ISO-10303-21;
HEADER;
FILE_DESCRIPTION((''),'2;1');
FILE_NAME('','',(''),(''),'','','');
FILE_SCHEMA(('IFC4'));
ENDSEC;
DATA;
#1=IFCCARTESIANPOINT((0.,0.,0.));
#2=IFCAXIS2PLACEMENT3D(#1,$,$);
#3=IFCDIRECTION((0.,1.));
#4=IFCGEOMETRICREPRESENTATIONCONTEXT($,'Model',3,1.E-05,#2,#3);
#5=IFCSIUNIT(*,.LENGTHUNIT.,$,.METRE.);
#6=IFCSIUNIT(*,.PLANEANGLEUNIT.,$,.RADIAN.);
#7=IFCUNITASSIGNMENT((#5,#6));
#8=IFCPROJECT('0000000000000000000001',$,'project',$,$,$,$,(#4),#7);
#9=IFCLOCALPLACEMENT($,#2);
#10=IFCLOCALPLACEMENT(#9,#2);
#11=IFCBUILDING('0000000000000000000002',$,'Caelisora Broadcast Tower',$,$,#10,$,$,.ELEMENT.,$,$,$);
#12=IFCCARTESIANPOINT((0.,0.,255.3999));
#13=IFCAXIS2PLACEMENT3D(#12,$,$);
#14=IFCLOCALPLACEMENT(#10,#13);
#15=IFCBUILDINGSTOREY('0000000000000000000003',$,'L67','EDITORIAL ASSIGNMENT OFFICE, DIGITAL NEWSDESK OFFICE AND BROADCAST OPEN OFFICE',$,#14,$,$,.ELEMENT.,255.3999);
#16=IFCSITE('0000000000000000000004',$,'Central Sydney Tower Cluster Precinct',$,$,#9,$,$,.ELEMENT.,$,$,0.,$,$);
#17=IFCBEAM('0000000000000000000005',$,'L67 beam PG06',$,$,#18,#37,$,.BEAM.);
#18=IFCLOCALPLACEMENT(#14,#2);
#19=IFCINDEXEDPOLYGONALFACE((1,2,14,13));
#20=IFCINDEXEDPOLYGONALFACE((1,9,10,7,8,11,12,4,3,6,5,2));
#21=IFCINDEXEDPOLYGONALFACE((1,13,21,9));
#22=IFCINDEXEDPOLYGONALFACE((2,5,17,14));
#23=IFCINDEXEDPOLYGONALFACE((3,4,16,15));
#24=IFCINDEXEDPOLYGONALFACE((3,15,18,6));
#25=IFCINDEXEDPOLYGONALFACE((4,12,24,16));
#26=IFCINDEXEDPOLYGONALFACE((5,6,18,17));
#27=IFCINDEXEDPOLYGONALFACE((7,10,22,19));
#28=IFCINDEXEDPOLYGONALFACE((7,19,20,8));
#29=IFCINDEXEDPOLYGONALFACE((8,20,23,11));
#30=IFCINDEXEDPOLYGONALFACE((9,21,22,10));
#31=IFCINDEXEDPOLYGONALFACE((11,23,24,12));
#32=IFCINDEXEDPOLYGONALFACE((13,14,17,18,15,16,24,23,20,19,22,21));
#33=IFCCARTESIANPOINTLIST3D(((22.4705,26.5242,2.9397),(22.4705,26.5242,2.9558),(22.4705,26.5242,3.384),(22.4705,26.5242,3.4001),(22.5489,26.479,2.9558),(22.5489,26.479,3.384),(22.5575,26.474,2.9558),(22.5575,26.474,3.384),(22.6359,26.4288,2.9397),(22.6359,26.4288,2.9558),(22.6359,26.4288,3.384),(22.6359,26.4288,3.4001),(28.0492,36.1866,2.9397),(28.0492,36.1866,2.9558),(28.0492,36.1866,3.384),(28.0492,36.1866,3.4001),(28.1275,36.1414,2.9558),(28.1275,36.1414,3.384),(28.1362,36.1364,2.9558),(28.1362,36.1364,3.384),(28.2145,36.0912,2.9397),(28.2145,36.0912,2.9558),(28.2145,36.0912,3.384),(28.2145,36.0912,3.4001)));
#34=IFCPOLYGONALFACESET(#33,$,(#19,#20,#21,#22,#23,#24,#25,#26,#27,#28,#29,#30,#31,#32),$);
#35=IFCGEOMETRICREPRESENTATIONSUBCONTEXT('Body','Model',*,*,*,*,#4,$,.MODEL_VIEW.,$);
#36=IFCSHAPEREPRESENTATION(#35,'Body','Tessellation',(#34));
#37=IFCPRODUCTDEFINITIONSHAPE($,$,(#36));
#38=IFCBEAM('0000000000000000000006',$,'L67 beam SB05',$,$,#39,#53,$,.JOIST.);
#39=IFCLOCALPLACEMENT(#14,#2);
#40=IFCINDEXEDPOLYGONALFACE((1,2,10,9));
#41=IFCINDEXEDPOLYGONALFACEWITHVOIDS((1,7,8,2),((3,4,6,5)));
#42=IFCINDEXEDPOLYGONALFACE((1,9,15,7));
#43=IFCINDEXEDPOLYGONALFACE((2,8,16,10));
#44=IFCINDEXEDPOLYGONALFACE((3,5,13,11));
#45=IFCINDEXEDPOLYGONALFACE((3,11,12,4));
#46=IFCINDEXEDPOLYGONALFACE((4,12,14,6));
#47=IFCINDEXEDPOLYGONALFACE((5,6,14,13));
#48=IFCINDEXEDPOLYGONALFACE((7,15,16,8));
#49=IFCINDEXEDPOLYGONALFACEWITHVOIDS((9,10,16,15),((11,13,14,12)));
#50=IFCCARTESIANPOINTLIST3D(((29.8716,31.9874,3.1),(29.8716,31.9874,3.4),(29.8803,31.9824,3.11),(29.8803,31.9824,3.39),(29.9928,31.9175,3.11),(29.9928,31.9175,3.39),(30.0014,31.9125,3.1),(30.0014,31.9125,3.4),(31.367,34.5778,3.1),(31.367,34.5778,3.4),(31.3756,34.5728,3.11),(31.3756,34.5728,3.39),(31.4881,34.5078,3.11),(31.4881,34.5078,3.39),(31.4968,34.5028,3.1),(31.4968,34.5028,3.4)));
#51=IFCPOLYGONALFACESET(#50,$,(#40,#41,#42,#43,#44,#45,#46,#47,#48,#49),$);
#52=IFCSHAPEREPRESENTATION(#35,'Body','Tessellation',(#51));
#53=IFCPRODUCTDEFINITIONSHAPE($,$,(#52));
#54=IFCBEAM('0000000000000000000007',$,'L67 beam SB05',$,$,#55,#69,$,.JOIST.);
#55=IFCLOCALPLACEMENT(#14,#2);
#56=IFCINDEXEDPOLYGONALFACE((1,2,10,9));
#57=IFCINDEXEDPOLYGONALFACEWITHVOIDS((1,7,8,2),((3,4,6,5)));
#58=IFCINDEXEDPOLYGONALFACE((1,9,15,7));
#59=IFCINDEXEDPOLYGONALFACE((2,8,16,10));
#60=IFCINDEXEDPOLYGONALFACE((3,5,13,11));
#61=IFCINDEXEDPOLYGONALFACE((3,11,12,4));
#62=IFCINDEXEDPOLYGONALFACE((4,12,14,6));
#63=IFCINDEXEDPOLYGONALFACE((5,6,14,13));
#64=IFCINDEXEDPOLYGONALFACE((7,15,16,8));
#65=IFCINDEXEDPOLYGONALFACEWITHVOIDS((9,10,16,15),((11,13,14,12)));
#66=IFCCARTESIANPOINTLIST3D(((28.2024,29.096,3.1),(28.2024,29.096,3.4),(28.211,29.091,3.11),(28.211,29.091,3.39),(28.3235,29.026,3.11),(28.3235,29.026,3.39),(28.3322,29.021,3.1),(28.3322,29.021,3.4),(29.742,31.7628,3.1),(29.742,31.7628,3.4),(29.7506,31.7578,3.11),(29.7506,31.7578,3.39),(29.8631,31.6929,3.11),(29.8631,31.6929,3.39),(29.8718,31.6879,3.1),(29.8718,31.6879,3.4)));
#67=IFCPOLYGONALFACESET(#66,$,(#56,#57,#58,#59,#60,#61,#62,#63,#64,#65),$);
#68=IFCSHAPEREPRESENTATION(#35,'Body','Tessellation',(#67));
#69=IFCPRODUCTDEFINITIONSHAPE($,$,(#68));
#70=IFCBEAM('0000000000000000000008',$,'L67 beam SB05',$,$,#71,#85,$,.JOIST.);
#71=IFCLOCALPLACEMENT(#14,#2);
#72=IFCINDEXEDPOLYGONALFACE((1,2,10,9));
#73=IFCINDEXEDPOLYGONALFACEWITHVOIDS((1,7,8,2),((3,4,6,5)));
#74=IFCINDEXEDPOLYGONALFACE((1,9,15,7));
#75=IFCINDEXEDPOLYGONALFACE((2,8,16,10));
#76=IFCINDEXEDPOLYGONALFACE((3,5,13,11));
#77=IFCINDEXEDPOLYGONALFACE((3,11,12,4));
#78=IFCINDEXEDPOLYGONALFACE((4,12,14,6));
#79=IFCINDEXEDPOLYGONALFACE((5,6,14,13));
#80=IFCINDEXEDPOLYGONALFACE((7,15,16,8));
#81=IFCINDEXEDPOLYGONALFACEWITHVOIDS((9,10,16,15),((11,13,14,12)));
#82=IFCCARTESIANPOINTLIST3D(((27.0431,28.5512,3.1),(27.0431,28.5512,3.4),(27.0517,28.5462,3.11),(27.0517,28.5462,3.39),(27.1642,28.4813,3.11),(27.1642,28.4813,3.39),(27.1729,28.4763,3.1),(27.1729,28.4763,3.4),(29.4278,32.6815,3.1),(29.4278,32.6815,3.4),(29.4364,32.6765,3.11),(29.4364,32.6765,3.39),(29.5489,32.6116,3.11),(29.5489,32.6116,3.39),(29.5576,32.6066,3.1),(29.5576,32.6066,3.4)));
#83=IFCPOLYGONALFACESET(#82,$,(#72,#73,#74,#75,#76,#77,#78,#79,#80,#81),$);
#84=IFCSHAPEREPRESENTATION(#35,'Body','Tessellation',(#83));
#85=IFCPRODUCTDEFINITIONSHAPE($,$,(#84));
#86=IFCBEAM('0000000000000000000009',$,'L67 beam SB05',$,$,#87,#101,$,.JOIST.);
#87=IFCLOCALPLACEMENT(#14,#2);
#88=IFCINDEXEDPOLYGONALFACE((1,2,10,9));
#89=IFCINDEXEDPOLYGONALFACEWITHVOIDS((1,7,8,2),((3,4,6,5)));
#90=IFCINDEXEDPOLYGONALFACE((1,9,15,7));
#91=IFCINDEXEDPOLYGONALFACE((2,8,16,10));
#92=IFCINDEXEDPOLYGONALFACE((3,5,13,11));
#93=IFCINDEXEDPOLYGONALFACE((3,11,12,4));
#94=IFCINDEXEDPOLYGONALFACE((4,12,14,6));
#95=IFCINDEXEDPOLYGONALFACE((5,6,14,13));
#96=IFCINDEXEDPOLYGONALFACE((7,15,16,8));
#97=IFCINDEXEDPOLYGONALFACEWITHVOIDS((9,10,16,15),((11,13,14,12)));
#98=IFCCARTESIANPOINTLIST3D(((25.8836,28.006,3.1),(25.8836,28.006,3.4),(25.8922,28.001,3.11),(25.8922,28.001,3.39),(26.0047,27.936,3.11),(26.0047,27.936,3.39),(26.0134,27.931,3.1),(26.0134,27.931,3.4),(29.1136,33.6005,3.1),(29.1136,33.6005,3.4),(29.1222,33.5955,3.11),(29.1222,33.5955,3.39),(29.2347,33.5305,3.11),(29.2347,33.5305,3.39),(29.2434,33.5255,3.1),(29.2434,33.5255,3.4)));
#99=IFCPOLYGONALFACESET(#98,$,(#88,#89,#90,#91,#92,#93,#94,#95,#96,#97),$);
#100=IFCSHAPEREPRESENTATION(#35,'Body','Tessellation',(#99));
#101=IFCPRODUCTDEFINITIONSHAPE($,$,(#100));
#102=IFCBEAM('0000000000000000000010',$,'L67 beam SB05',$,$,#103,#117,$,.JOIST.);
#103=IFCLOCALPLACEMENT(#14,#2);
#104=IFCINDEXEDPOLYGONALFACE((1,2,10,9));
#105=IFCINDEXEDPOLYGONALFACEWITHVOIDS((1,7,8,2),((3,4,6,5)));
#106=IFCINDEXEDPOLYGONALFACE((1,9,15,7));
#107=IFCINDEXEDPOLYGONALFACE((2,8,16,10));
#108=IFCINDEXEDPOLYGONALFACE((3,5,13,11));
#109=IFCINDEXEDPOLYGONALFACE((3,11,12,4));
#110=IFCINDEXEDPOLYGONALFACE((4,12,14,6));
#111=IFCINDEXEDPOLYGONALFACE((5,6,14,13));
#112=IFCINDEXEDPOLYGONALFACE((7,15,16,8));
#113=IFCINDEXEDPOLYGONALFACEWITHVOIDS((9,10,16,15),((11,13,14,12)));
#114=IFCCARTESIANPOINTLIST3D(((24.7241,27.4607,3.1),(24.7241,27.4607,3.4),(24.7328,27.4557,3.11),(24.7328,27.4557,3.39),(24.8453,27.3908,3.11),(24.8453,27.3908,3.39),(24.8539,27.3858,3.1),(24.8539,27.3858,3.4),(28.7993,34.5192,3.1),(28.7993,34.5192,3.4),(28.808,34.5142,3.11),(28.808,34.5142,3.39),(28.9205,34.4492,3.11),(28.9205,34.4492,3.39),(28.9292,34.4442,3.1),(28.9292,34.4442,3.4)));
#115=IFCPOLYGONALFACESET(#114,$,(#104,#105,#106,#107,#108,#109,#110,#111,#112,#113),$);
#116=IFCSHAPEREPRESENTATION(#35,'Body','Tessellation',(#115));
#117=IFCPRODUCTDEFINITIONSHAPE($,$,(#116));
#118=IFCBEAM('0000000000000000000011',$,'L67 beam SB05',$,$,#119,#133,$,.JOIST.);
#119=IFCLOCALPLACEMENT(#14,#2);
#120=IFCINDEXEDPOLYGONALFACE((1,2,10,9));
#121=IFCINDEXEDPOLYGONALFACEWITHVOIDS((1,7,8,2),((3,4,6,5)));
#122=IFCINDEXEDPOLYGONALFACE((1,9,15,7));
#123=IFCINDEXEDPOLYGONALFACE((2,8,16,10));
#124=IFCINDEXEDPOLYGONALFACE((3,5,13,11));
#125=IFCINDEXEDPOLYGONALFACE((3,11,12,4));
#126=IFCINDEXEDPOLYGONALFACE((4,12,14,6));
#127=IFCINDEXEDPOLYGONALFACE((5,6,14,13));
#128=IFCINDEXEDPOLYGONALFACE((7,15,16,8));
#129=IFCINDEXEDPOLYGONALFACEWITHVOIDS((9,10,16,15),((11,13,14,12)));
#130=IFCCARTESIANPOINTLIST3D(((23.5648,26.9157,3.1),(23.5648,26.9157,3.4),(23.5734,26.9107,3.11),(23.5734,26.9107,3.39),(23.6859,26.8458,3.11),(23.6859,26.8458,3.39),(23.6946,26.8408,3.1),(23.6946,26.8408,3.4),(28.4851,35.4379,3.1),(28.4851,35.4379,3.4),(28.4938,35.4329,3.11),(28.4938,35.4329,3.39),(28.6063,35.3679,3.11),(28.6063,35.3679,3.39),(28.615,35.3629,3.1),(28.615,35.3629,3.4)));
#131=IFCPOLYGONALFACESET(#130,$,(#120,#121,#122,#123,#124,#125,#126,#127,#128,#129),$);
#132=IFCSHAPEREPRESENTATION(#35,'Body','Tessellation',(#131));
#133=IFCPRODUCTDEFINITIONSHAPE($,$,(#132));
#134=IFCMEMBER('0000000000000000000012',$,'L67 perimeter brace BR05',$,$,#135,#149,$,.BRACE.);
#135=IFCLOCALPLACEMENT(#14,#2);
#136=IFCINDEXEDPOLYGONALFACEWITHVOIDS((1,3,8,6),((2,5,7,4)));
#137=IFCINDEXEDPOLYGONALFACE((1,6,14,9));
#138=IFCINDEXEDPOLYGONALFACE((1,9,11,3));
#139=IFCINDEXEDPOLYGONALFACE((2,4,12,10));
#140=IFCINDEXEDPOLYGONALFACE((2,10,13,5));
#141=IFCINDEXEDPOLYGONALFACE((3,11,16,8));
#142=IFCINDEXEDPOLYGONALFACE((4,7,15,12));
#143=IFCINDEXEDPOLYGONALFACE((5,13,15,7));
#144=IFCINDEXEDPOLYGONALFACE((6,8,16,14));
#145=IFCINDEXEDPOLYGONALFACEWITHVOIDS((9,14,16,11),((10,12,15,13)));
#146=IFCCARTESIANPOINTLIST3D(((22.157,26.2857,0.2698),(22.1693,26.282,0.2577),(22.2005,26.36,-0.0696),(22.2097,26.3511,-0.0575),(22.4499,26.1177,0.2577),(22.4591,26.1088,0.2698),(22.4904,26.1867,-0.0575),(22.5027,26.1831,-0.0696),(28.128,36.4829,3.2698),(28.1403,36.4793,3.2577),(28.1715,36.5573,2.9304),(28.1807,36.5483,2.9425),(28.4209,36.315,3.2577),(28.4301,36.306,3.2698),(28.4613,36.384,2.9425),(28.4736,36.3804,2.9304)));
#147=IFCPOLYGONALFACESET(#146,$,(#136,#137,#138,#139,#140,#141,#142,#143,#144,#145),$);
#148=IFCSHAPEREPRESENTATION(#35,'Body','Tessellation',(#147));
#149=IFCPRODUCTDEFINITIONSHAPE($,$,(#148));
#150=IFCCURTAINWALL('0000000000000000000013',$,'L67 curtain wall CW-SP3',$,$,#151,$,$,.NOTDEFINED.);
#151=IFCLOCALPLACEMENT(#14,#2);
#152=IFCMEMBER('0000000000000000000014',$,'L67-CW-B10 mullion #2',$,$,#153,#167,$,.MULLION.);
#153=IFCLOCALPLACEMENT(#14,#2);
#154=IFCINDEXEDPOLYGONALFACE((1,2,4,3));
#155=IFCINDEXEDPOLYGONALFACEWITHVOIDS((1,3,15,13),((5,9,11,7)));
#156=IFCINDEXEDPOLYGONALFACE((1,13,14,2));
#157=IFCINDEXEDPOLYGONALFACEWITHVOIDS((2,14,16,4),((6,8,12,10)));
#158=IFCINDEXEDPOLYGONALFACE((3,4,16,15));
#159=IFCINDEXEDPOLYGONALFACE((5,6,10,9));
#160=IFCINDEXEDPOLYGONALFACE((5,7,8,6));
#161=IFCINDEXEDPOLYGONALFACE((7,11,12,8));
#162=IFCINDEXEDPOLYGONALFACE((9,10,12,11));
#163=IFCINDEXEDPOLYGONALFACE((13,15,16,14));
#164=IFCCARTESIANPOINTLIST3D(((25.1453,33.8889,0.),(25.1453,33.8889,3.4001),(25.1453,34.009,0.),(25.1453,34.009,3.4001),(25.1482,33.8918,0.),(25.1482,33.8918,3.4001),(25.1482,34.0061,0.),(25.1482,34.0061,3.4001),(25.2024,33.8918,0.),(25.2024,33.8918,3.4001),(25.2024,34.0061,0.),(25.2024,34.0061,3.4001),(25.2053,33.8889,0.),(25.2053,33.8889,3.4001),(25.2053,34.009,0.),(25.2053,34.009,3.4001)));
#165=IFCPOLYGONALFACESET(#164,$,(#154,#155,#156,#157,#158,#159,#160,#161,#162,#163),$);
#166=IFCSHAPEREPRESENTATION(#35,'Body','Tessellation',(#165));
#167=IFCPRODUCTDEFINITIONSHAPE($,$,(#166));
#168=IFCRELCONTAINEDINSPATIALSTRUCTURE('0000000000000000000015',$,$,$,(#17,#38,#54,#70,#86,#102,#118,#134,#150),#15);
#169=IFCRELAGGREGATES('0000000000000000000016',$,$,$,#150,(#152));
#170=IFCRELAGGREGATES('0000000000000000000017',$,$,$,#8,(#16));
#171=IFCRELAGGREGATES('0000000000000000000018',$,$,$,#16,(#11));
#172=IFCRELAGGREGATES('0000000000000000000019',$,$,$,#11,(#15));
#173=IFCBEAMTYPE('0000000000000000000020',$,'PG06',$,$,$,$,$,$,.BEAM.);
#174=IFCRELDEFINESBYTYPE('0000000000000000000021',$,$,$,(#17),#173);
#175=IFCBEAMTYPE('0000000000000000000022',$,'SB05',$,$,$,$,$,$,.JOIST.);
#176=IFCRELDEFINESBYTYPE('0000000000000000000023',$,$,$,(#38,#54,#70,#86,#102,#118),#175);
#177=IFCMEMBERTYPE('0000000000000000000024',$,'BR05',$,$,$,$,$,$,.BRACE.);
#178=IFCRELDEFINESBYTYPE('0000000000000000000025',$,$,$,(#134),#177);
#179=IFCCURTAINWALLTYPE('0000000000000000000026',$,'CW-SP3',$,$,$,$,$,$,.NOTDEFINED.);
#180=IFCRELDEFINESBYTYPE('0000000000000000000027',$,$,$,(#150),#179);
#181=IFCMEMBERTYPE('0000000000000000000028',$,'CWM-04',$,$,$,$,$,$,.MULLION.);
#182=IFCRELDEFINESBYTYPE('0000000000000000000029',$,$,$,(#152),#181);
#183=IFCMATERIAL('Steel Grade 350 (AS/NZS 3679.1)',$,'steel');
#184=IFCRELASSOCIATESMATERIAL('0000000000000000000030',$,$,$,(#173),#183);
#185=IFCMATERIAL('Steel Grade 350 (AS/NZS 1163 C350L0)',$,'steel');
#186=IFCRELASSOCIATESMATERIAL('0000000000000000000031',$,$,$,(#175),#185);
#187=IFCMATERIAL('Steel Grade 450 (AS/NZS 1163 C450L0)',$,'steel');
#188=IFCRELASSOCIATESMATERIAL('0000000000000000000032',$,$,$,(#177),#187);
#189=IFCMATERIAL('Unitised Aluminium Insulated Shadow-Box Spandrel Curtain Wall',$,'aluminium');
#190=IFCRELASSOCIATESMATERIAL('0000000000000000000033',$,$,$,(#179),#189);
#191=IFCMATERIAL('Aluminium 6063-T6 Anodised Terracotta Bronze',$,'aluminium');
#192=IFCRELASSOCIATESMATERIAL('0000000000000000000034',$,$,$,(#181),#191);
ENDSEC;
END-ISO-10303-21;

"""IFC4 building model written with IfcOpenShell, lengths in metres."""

from ifc_helpers import new_model, si_unit, direction, frame, origin, origin_2d, place, context, subcontext, project, spatial, hollow_rectangle, i_section, extrude, source, transform, mapped, material, material_profile, profile_set, type_object, type_shapes, element, aggregate, save


model = new_model("IFC4")

# Units and contexts
model_context = context("Model", 3, precision=1e-05, world=origin(), true_north=direction((0.0, 1.0)))
body_context = subcontext(model_context, "Body", "Model", "MODEL_VIEW")
ifc_project = project(units=[si_unit("LENGTHUNIT", "METRE"), si_unit("PLANEANGLEUNIT", "RADIAN")], contexts=[model_context])

# Site, building, storey
site_placement = place(None, origin())
site = spatial("IfcSite", under=ifc_project, at=site_placement, Name="Central Sydney Tower Cluster Precinct", CompositionType="ELEMENT", RefElevation=0.0)
building_placement = place(site_placement, origin())
building = spatial("IfcBuilding", under=site, at=building_placement, Name="Caelisora Broadcast Tower", CompositionType="ELEMENT")
storey_placement = place(building_placement, frame((0.0, 0.0, 255.3999)))
storey = spatial("IfcBuildingStorey", under=building, at=storey_placement, Name="L67", Description="EDITORIAL ASSIGNMENT OFFICE, DIGITAL NEWSDESK OFFICE AND BROADCAST OPEN OFFICE", CompositionType="ELEMENT", Elevation=255.3999)

# Beams
ifc_material_1 = material(Name="Steel Grade 350 (AS/NZS 3679.1)", Category="steel")
ifc_material_profile_1 = material_profile(ifc_material_1, i_section(OverallWidth=0.1909, OverallDepth=0.4604, WebThickness=0.01, FlangeThickness=0.0161, at=origin_2d()), Name="Steel Grade 350 (AS/NZS 3679.1)")
ifc_profile_set_1 = profile_set([ifc_material_profile_1], Name="Steel Grade 350 (AS/NZS 3679.1)")
beam_type_1 = type_object("IfcBeamType", Name="PG06", PredefinedType="BEAM", material=ifc_profile_set_1)
shared_shape_1 = source(origin(), body_context, "Body", "SweptSolid", [
    extrude(i_section(OverallWidth=0.1909, OverallDepth=0.4604, WebThickness=0.01, FlangeThickness=0.0161, at=origin_2d()), origin(), (0.0, 0.0, 1.0), 11.1572),
])
type_shapes(beam_type_1, [shared_shape_1])
beam_1_placement = place(storey_placement, frame((28.1318, 36.1389, 3.1699), z_axis=(-0.500003, -0.866023, 0.0), x_axis=(0.866023, -0.500003, 0.0)))
element("IfcBeam", 1, at=beam_1_placement, inside=storey, type_object=beam_type_1, Name="L67 beam PG06", PredefinedType="BEAM", context=body_context, shape_type="MappedRepresentation", body=[
    mapped(shared_shape_1, transform((0.0, 0.0, 0.0), scale=1.0)),
])
ifc_material_2 = material(Name="Steel Grade 350 (AS/NZS 1163 C350L0)", Category="steel")
ifc_material_profile_2 = material_profile(ifc_material_2, hollow_rectangle(XDim=0.1499, YDim=0.3, WallThickness=0.01, at=origin_2d()), Name="Steel Grade 350 (AS/NZS 1163 C350L0)")
ifc_profile_set_2 = profile_set([ifc_material_profile_2], Name="Steel Grade 350 (AS/NZS 1163 C350L0)")
beam_type_2 = type_object("IfcBeamType", Name="SB05", PredefinedType="JOIST", material=ifc_profile_set_2)
shared_shape_2 = source(origin(), body_context, "Body", "SweptSolid", [
    extrude(hollow_rectangle(XDim=0.1499, YDim=0.3, WallThickness=0.01, at=origin_2d()), origin(), (0.0, 0.0, 1.0), 2.991),
])
beam_2_placement = place(storey_placement, frame((31.4319, 34.5403, 3.25), z_axis=(-0.499958, -0.86605, 0.0), x_axis=(0.86605, -0.499958, 0.0)))
element("IfcBeam", 2, at=beam_2_placement, inside=storey, type_object=beam_type_2, Name="L67 beam SB05", PredefinedType="JOIST", context=body_context, shape_type="MappedRepresentation", body=[
    mapped(shared_shape_2, transform((0.0, 0.0, 0.0), scale=1.0)),
])
shared_shape_3 = source(origin(), body_context, "Body", "SweptSolid", [
    extrude(hollow_rectangle(XDim=0.1499, YDim=0.3, WallThickness=0.01, at=origin_2d()), origin(), (0.0, 0.0, 1.0), 3.0793),
])
beam_3_placement = place(storey_placement, frame((29.8069, 31.7253, 3.25), z_axis=(-0.499976, -0.866039, 0.0), x_axis=(0.866039, -0.499976, 0.0)))
element("IfcBeam", 3, at=beam_3_placement, inside=storey, type_object=beam_type_2, Name="L67 beam SB05", PredefinedType="JOIST", context=body_context, shape_type="MappedRepresentation", body=[
    mapped(shared_shape_3, transform((0.0, 0.0, 0.0), scale=1.0)),
])
shared_shape_4 = source(origin(), body_context, "Body", "SweptSolid", [
    extrude(hollow_rectangle(XDim=0.1499, YDim=0.3, WallThickness=0.01, at=origin_2d()), origin(), (0.0, 0.0, 1.0), 4.7693),
])
beam_4_placement = place(storey_placement, frame((29.4927, 32.644, 3.25), z_axis=(-0.500015, -0.866017, 0.0), x_axis=(0.866017, -0.500015, 0.0)))
element("IfcBeam", 4, at=beam_4_placement, inside=storey, type_object=beam_type_2, Name="L67 beam SB05", PredefinedType="JOIST", context=body_context, shape_type="MappedRepresentation", body=[
    mapped(shared_shape_4, transform((0.0, 0.0, 0.0), scale=1.0)),
])
shared_shape_5 = source(origin(), body_context, "Body", "SweptSolid", [
    extrude(hollow_rectangle(XDim=0.1499, YDim=0.3, WallThickness=0.01, at=origin_2d()), origin(), (0.0, 0.0, 1.0), 6.46),
])
beam_5_placement = place(storey_placement, frame((29.1785, 33.563, 3.25), z_axis=(-0.500001, -0.866025, 0.0), x_axis=(0.866025, -0.500001, 0.0)))
element("IfcBeam", 5, at=beam_5_placement, inside=storey, type_object=beam_type_2, Name="L67 beam SB05", PredefinedType="JOIST", context=body_context, shape_type="MappedRepresentation", body=[
    mapped(shared_shape_5, transform((0.0, 0.0, 0.0), scale=1.0)),
])
shared_shape_6 = source(origin(), body_context, "Body", "SweptSolid", [
    extrude(hollow_rectangle(XDim=0.1499, YDim=0.3, WallThickness=0.01, at=origin_2d()), origin(), (0.0, 0.0, 1.0), 8.1504),
])
beam_6_placement = place(storey_placement, frame((28.8643, 34.4817, 3.25), z_axis=(-0.500005, -0.866022, 0.0), x_axis=(0.866022, -0.500005, 0.0)))
element("IfcBeam", 6, at=beam_6_placement, inside=storey, type_object=beam_type_2, Name="L67 beam SB05", PredefinedType="JOIST", context=body_context, shape_type="MappedRepresentation", body=[
    mapped(shared_shape_6, transform((0.0, 0.0, 0.0), scale=1.0)),
])
shared_shape_7 = source(origin(), body_context, "Body", "SweptSolid", [
    extrude(hollow_rectangle(XDim=0.1499, YDim=0.3, WallThickness=0.01, at=origin_2d()), origin(), (0.0, 0.0, 1.0), 9.8406),
])
type_shapes(beam_type_2, [shared_shape_2, shared_shape_3, shared_shape_4, shared_shape_5, shared_shape_6, shared_shape_7])
beam_7_placement = place(storey_placement, frame((28.55, 35.4004, 3.25), z_axis=(-0.500008, -0.866021, 0.0), x_axis=(0.866021, -0.500008, 0.0)))
element("IfcBeam", 7, at=beam_7_placement, inside=storey, type_object=beam_type_2, Name="L67 beam SB05", PredefinedType="JOIST", context=body_context, shape_type="MappedRepresentation", body=[
    mapped(shared_shape_7, transform((0.0, 0.0, 0.0), scale=1.0)),
])

# Member
ifc_material_3 = material(Name="Steel Grade 450 (AS/NZS 1163 C450L0)", Category="steel")
ifc_material_profile_3 = material_profile(ifc_material_3, hollow_rectangle(XDim=0.3501, YDim=0.3501, WallThickness=0.0125, at=origin_2d()), Name="Steel Grade 450 (AS/NZS 1163 C450L0)")
ifc_profile_set_3 = profile_set([ifc_material_profile_3], Name="Steel Grade 450 (AS/NZS 1163 C450L0)")
member_type_1 = type_object("IfcMemberType", Name="BR05", PredefinedType="BRACE", material=ifc_profile_set_3)
shared_shape_8 = source(origin(), body_context, "Body", "SweptSolid", [
    extrude(hollow_rectangle(XDim=0.3501, YDim=0.3501, WallThickness=0.0125, at=origin_2d()), origin(), (0.0, 0.0, 1.0), 12.1917),
])
type_shapes(member_type_1, [shared_shape_8])
member_1_placement = place(storey_placement, frame((28.3008, 36.4316, 3.1001), z_axis=(-0.489757, -0.836414, -0.24607), x_axis=(0.862947, -0.505294, 0.0)))
element("IfcMember", 8, at=member_1_placement, inside=storey, type_object=member_type_1, Name="L67 perimeter brace BR05", PredefinedType="BRACE", context=body_context, shape_type="MappedRepresentation", body=[
    mapped(shared_shape_8, transform((0.0, 0.0, 0.0), scale=1.0)),
])

# Curtain wall, member
ifc_material_4 = material(Name="Unitised Aluminium Insulated Shadow-Box Spandrel Curtain Wall", Category="aluminium")
curtain_wall_type = type_object("IfcCurtainWallType", Name="CW-SP3", PredefinedType="NOTDEFINED", material=ifc_material_4)
curtain_wall_placement = place(storey_placement, origin())
curtain_wall = element("IfcCurtainWall", 9, at=curtain_wall_placement, inside=storey, type_object=curtain_wall_type, Name="L67 curtain wall CW-SP3", PredefinedType="NOTDEFINED")
ifc_material_5 = material(Name="Aluminium 6063-T6 Anodised Terracotta Bronze", Category="aluminium")
ifc_material_profile_4 = material_profile(ifc_material_5, hollow_rectangle(XDim=0.0601, YDim=0.1201, WallThickness=0.0029, at=origin_2d()), Name="Aluminium 6063-T6 Anodised Terracotta Bronze")
ifc_profile_set_4 = profile_set([ifc_material_profile_4], Name="Aluminium 6063-T6 Anodised Terracotta Bronze")
member_type_2 = type_object("IfcMemberType", Name="CWM-04", PredefinedType="MULLION", material=ifc_profile_set_4)
shared_shape_9 = source(origin(), body_context, "Body", "SweptSolid", [
    extrude(hollow_rectangle(XDim=0.0601, YDim=0.1201, WallThickness=0.0029, at=origin_2d()), origin(), (0.0, 0.0, 1.0), 3.4001),
])
type_shapes(member_type_2, [shared_shape_9])
member_2_placement = place(storey_placement, frame((25.1753, 33.949, 0.0), z_axis=(0.0, 0.0, 1.0), x_axis=(1.0, 0.0, 0.0)))
member_2 = element("IfcMember", 10, at=member_2_placement, type_object=member_type_2, Name="L67-CW-B10 mullion #2", PredefinedType="MULLION", context=body_context, shape_type="MappedRepresentation", body=[
    mapped(shared_shape_9, transform((0.0, 0.0, 0.0), scale=1.0)),
])

aggregate(curtain_wall, [member_2])

save(model, "model.ifc")
